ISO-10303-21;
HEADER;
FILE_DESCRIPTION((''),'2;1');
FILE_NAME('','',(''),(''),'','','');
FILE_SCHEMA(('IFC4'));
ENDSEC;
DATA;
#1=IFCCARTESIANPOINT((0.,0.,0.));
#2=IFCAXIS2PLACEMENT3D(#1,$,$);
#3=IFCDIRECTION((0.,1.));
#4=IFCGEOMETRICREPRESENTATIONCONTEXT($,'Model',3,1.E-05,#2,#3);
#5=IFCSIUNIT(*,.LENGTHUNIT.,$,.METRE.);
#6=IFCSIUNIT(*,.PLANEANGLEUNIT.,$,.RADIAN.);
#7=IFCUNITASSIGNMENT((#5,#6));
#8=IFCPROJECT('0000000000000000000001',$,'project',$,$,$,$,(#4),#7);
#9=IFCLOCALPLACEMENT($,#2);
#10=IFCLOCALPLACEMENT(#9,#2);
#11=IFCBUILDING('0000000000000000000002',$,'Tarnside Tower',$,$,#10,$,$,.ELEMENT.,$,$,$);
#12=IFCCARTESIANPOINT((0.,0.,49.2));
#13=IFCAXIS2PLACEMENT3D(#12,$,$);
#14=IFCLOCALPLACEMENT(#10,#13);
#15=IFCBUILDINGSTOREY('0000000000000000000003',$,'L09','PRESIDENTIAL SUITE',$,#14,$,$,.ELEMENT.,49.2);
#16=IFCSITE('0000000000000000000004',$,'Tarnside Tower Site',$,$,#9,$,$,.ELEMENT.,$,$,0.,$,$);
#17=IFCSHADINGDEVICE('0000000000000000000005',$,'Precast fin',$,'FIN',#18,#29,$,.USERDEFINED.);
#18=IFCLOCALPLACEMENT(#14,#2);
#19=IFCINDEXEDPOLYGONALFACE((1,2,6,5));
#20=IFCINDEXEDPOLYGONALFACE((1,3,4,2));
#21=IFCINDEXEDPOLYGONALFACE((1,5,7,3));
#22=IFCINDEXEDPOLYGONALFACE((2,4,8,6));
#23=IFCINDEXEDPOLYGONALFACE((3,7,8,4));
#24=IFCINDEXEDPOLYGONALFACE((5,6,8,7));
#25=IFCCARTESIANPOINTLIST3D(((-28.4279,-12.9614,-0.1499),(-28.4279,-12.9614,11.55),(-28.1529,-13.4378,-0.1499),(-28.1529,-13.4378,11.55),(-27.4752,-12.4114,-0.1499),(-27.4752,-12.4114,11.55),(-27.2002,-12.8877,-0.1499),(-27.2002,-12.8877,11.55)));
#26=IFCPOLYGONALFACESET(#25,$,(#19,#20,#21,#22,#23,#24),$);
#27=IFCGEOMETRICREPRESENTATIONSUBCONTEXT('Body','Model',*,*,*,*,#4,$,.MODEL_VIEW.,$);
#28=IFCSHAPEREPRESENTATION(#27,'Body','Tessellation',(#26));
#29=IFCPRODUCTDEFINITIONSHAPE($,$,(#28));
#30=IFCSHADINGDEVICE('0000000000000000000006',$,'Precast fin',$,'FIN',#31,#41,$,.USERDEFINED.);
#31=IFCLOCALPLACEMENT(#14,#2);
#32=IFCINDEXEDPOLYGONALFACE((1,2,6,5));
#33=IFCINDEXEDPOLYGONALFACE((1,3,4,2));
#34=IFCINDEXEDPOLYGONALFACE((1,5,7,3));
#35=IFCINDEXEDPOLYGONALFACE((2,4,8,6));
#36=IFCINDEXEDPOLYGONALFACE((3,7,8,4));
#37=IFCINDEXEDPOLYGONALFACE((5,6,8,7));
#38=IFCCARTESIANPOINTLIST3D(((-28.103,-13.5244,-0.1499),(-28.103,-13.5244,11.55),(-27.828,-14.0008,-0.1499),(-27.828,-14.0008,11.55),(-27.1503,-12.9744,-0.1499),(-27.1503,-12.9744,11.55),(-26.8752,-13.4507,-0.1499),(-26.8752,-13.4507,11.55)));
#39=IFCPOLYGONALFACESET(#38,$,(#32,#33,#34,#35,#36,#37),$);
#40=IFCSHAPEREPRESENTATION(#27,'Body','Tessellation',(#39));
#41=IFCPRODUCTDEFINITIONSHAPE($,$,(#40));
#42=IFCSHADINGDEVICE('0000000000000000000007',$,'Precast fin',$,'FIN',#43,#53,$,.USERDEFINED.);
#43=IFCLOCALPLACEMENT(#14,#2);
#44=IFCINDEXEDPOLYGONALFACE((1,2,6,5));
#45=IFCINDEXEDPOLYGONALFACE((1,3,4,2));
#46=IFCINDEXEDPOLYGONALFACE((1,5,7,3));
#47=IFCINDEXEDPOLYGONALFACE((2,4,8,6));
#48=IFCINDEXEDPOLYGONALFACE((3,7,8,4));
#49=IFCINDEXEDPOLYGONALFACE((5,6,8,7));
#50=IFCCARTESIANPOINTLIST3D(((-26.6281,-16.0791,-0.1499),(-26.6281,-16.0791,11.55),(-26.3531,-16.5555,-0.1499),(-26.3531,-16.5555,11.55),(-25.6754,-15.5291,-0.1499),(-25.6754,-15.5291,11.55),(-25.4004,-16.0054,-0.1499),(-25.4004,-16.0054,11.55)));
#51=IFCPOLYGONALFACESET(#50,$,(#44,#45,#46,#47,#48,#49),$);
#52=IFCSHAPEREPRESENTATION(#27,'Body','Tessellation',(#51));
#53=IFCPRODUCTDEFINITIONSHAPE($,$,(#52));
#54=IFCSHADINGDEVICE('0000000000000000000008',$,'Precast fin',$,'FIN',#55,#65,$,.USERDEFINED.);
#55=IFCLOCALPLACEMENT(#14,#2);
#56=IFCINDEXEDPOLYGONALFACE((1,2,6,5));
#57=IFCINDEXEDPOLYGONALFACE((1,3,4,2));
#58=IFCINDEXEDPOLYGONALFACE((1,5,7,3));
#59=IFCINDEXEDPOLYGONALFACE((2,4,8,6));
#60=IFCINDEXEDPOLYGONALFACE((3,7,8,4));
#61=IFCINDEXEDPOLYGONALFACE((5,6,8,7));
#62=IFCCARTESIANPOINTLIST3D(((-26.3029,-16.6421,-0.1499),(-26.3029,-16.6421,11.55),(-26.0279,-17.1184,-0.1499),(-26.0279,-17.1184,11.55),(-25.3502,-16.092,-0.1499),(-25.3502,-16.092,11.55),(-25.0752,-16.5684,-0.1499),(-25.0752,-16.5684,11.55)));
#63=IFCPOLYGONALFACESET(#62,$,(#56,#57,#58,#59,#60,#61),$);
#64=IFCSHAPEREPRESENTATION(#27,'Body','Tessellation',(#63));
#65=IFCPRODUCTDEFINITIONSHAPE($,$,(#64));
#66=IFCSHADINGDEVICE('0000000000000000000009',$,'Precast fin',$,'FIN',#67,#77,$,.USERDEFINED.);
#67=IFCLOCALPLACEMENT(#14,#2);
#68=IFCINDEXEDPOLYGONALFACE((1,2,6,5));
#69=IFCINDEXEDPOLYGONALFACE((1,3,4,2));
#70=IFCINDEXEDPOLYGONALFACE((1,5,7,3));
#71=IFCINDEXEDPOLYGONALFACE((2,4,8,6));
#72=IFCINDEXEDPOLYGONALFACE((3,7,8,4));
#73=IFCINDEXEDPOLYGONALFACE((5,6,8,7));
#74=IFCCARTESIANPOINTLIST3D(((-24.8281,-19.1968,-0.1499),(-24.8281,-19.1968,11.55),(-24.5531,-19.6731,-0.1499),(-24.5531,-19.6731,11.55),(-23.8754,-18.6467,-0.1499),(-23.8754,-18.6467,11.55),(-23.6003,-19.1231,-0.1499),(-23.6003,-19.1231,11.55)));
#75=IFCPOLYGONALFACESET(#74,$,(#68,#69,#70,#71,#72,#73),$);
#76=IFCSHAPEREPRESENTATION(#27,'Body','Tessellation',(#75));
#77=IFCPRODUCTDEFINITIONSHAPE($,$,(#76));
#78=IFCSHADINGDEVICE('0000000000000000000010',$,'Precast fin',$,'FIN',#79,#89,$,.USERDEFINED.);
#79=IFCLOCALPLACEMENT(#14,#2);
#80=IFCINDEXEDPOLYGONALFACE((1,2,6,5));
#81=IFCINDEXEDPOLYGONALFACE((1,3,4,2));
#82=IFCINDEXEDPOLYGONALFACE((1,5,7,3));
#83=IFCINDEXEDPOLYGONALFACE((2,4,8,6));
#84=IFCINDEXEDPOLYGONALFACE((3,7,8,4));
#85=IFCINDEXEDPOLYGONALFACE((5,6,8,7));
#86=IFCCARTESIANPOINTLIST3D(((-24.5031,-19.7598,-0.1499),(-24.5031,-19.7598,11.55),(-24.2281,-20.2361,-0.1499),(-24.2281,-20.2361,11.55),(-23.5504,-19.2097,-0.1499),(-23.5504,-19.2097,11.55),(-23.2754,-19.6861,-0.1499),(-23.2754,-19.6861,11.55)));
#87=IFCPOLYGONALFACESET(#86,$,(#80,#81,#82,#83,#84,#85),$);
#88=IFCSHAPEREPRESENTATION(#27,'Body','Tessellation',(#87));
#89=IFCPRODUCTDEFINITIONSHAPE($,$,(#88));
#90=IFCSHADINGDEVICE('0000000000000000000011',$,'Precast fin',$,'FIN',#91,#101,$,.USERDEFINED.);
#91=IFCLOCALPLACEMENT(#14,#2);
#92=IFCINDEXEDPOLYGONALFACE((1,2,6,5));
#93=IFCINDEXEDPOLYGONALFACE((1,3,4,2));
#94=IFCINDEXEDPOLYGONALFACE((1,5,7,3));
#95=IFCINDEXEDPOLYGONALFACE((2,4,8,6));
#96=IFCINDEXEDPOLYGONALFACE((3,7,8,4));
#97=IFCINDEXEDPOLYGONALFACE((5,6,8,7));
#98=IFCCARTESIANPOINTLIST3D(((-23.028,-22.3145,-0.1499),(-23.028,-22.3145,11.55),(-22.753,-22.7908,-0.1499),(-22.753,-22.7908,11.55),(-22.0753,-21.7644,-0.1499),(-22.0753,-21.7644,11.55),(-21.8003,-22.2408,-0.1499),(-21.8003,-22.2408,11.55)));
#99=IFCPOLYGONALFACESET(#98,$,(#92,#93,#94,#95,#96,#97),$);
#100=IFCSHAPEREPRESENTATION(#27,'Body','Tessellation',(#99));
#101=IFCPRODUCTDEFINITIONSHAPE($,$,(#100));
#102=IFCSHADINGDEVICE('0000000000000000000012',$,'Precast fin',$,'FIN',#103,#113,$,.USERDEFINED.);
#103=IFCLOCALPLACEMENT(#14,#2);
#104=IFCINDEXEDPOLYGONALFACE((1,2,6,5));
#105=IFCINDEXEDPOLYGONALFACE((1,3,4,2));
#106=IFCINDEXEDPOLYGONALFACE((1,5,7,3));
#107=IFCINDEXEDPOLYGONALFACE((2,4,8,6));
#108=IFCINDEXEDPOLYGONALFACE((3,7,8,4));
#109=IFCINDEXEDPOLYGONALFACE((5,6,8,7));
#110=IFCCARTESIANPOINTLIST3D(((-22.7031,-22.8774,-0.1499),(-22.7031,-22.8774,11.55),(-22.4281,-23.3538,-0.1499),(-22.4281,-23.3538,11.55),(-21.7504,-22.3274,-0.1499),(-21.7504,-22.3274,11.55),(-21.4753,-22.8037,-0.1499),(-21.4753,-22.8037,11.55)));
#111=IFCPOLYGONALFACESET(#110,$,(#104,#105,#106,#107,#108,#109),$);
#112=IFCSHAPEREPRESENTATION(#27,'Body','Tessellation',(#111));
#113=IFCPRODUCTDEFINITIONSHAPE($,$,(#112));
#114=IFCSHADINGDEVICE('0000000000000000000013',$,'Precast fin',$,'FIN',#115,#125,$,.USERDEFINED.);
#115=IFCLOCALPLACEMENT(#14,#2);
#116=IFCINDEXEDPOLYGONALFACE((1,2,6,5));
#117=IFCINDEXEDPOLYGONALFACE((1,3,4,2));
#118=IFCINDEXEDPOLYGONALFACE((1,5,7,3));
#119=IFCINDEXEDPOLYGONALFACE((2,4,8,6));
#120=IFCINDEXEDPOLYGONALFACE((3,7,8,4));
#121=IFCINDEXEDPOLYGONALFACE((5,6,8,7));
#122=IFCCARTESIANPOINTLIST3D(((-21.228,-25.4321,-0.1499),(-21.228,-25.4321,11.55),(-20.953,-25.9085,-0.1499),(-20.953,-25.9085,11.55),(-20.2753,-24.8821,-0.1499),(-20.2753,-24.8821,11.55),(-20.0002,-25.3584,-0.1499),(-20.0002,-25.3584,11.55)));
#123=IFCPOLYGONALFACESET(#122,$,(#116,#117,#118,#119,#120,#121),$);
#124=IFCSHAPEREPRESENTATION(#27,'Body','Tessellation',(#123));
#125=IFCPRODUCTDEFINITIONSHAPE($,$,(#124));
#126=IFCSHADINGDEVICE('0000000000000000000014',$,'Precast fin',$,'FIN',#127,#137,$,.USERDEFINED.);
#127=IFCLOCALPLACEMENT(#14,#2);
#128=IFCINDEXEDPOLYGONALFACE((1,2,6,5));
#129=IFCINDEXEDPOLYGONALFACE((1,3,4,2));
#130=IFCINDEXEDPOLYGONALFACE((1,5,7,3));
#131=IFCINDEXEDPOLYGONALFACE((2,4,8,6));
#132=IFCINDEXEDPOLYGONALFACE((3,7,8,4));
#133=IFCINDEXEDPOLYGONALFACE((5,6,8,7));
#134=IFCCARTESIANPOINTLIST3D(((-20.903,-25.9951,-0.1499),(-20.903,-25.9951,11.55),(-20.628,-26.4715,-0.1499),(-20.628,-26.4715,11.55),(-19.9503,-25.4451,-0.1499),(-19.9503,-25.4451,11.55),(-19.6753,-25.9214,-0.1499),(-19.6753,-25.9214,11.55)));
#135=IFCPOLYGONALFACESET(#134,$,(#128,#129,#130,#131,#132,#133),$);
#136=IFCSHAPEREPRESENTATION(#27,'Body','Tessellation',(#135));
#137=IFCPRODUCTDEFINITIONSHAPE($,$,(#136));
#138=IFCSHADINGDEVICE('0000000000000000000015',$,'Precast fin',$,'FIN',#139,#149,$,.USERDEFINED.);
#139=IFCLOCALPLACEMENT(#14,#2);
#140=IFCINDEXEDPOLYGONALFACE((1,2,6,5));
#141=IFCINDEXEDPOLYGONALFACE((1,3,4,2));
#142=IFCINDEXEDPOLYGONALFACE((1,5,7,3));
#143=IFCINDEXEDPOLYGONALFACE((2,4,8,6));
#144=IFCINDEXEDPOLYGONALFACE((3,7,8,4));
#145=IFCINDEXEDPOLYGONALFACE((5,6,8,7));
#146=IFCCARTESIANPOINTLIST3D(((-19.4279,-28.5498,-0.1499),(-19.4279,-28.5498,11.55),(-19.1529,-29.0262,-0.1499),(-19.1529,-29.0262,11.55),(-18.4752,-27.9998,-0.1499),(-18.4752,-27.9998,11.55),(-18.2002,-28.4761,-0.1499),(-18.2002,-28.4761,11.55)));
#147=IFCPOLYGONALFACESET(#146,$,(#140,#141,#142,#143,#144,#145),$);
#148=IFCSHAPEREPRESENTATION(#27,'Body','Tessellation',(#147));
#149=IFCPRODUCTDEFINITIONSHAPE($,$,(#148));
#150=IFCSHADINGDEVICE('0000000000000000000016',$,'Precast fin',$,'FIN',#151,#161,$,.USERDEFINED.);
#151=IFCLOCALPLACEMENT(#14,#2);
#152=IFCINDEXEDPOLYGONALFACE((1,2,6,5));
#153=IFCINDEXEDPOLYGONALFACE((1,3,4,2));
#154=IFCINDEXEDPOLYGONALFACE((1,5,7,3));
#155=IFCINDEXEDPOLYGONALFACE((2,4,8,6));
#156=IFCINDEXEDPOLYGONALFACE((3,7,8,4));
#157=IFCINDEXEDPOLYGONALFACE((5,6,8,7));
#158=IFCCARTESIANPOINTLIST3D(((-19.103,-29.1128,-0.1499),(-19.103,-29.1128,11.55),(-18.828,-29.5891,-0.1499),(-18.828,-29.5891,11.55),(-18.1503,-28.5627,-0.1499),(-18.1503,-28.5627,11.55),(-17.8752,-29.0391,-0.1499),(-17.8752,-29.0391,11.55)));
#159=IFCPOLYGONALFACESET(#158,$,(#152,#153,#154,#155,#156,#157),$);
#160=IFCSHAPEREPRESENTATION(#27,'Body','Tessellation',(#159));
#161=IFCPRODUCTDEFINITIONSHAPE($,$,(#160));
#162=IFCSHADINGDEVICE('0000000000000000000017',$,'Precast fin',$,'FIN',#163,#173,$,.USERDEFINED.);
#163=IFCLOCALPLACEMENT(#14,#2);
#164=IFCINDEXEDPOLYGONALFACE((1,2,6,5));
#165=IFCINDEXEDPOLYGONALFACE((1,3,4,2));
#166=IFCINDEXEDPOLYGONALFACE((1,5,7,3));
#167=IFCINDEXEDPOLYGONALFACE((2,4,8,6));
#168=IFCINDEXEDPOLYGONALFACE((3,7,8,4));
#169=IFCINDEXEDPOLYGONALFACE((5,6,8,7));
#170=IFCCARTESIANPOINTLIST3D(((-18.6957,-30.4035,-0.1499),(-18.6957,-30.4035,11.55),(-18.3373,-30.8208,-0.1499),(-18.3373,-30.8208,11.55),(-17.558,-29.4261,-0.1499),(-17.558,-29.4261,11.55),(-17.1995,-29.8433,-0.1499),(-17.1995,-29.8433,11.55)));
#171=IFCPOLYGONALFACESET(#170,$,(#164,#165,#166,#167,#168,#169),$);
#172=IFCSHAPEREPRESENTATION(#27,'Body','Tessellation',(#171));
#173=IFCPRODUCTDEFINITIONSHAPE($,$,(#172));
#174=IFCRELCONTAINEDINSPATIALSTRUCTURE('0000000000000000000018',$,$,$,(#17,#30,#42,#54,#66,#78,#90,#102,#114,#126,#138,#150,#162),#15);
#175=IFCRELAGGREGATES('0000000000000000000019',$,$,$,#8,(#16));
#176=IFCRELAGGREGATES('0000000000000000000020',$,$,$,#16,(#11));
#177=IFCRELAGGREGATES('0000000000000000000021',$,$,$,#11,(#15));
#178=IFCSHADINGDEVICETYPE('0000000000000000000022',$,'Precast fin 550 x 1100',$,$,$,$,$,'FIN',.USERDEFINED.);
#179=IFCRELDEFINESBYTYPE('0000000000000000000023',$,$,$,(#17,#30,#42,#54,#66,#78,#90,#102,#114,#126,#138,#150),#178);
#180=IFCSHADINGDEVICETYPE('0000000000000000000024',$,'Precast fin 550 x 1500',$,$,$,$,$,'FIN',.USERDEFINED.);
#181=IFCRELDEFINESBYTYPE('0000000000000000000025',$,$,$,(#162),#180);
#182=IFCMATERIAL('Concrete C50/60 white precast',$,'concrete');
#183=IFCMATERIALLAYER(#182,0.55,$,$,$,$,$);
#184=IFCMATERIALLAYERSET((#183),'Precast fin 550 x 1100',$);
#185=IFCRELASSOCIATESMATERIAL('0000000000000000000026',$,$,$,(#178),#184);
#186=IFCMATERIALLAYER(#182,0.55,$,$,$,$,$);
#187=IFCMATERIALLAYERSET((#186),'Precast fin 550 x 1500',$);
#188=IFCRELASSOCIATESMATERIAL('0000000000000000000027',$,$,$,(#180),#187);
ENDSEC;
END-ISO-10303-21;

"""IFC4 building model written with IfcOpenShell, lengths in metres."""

from ifc_helpers import new_model, si_unit, direction, frame, origin, place, context, subcontext, project, spatial, polyline, outline, extrude, material, layer, layer_set, type_object, element, save


model = new_model("IFC4")

# Units and contexts
model_context = context("Model", 3, precision=1e-05, world=origin(), true_north=direction((0.0, 1.0)))
body_context = subcontext(model_context, "Body", "Model", "MODEL_VIEW")
ifc_project = project(units=[si_unit("LENGTHUNIT", "METRE"), si_unit("PLANEANGLEUNIT", "RADIAN")], contexts=[model_context])

# Site, building, storey
site_placement = place(None, origin())
site = spatial("IfcSite", under=ifc_project, at=site_placement, Name="Tarnside Tower Site", CompositionType="ELEMENT", RefElevation=0.0)
building_placement = place(site_placement, origin())
building = spatial("IfcBuilding", under=site, at=building_placement, Name="Tarnside Tower", CompositionType="ELEMENT")
storey_placement = place(building_placement, frame((0.0, 0.0, 49.2)))
storey = spatial("IfcBuildingStorey", under=building, at=storey_placement, Name="L09", Description="PRESIDENTIAL SUITE", CompositionType="ELEMENT", Elevation=49.2)

# Shading devices
ifc_material_1 = material(Name="Concrete C50/60 white precast", Category="concrete")
ifc_layer_1 = layer(ifc_material_1, 0.55)
ifc_layer_set_1 = layer_set([ifc_layer_1], Name="Precast fin 550 x 1100")
shading_device_type_1 = type_object("IfcShadingDeviceType", Name="Precast fin 550 x 1100", ElementType="FIN", PredefinedType="USERDEFINED", material=ifc_layer_set_1)
for number, where, z_axis, x_axis, name in (
    (1, (-27.3376, -12.6497, -0.1499), (-0.5, 0.866025, 0.0), (-0.866025, -0.5, 0.0), "Precast fin"),
    (2, (-27.0127, -13.2126, -0.1499), (-0.5, 0.866025, 0.0), (-0.866025, -0.5, 0.0), "Precast fin"),
    (3, (-25.5378, -15.7673, -0.1499), (-0.5, 0.866025, 0.0), (-0.866025, -0.5, 0.0), "Precast fin"),
    (4, (-25.2126, -16.3303, -0.1499), (-0.5, 0.866025, 0.0), (-0.866025, -0.5, 0.0), "Precast fin"),
    (5, (-23.7378, -18.885, -0.1499), (-0.5, 0.866025, 0.0), (-0.866025, -0.5, 0.0), "Precast fin"),
    (6, (-23.4128, -19.448, -0.1499), (-0.5, 0.866025, 0.0), (-0.866025, -0.5, 0.0), "Precast fin"),
    (7, (-21.9377, -22.0027, -0.1499), (-0.5, 0.866025, 0.0), (-0.866025, -0.5, 0.0), "Precast fin"),
    (8, (-21.6128, -22.5657, -0.1499), (-0.5, 0.866025, 0.0), (-0.866025, -0.5, 0.0), "Precast fin"),
    (9, (-20.1377, -25.1204, -0.1499), (-0.5, 0.866025, 0.0), (-0.866025, -0.5, 0.0), "Precast fin"),
    (10, (-19.8127, -25.6833, -0.1499), (-0.5, 0.866025, 0.0), (-0.866025, -0.5, 0.0), "Precast fin"),
    (11, (-18.3376, -28.238, -0.1499), (-0.5, 0.866025, 0.0), (-0.866025, -0.5, 0.0), "Precast fin"),
    (12, (-18.0127, -28.801, -0.1499), (-0.5, 0.866025, 0.0), (-0.866025, -0.5, 0.0), "Precast fin"),
):
    element("IfcShadingDevice", number, at=place(storey_placement, frame(where, z_axis=z_axis, x_axis=x_axis)), inside=storey, type_object=shading_device_type_1, Name=name, ObjectType="FIN", PredefinedType="USERDEFINED", context=body_context, shape_type="SweptSolid", body=[
        extrude(outline(polyline([(0.0, 0.0), (1.1001, 0.0), (1.1001, 11.7), (0.0, 11.7), (0.0, 0.0)])), frame((0.0, 0.0, -0.2749)), (0.0, 0.0, 1.0), 0.55),
    ])
ifc_layer_2 = layer(ifc_material_1, 0.55)
ifc_layer_set_2 = layer_set([ifc_layer_2], Name="Precast fin 550 x 1500")
shading_device_type_2 = type_object("IfcShadingDeviceType", Name="Precast fin 550 x 1500", ElementType="FIN", PredefinedType="USERDEFINED", material=ifc_layer_set_2)
shading_device_placement = place(storey_placement, frame((-17.3787, -29.6348, -0.1499), z_axis=(-0.651657, 0.758514, 0.0), x_axis=(-0.758514, -0.651657, 0.0)))
element("IfcShadingDevice", 13, at=shading_device_placement, inside=storey, type_object=shading_device_type_2, Name="Precast fin", ObjectType="FIN", PredefinedType="USERDEFINED", context=body_context, shape_type="SweptSolid", body=[
    extrude(outline(polyline([(0.0, 0.0), (1.5, 0.0), (1.5, 11.7), (0.0, 11.7), (0.0, 0.0)])), frame((0.0, 0.0, -0.2749)), (0.0, 0.0, 1.0), 0.55),
])

save(model, "model.ifc")
